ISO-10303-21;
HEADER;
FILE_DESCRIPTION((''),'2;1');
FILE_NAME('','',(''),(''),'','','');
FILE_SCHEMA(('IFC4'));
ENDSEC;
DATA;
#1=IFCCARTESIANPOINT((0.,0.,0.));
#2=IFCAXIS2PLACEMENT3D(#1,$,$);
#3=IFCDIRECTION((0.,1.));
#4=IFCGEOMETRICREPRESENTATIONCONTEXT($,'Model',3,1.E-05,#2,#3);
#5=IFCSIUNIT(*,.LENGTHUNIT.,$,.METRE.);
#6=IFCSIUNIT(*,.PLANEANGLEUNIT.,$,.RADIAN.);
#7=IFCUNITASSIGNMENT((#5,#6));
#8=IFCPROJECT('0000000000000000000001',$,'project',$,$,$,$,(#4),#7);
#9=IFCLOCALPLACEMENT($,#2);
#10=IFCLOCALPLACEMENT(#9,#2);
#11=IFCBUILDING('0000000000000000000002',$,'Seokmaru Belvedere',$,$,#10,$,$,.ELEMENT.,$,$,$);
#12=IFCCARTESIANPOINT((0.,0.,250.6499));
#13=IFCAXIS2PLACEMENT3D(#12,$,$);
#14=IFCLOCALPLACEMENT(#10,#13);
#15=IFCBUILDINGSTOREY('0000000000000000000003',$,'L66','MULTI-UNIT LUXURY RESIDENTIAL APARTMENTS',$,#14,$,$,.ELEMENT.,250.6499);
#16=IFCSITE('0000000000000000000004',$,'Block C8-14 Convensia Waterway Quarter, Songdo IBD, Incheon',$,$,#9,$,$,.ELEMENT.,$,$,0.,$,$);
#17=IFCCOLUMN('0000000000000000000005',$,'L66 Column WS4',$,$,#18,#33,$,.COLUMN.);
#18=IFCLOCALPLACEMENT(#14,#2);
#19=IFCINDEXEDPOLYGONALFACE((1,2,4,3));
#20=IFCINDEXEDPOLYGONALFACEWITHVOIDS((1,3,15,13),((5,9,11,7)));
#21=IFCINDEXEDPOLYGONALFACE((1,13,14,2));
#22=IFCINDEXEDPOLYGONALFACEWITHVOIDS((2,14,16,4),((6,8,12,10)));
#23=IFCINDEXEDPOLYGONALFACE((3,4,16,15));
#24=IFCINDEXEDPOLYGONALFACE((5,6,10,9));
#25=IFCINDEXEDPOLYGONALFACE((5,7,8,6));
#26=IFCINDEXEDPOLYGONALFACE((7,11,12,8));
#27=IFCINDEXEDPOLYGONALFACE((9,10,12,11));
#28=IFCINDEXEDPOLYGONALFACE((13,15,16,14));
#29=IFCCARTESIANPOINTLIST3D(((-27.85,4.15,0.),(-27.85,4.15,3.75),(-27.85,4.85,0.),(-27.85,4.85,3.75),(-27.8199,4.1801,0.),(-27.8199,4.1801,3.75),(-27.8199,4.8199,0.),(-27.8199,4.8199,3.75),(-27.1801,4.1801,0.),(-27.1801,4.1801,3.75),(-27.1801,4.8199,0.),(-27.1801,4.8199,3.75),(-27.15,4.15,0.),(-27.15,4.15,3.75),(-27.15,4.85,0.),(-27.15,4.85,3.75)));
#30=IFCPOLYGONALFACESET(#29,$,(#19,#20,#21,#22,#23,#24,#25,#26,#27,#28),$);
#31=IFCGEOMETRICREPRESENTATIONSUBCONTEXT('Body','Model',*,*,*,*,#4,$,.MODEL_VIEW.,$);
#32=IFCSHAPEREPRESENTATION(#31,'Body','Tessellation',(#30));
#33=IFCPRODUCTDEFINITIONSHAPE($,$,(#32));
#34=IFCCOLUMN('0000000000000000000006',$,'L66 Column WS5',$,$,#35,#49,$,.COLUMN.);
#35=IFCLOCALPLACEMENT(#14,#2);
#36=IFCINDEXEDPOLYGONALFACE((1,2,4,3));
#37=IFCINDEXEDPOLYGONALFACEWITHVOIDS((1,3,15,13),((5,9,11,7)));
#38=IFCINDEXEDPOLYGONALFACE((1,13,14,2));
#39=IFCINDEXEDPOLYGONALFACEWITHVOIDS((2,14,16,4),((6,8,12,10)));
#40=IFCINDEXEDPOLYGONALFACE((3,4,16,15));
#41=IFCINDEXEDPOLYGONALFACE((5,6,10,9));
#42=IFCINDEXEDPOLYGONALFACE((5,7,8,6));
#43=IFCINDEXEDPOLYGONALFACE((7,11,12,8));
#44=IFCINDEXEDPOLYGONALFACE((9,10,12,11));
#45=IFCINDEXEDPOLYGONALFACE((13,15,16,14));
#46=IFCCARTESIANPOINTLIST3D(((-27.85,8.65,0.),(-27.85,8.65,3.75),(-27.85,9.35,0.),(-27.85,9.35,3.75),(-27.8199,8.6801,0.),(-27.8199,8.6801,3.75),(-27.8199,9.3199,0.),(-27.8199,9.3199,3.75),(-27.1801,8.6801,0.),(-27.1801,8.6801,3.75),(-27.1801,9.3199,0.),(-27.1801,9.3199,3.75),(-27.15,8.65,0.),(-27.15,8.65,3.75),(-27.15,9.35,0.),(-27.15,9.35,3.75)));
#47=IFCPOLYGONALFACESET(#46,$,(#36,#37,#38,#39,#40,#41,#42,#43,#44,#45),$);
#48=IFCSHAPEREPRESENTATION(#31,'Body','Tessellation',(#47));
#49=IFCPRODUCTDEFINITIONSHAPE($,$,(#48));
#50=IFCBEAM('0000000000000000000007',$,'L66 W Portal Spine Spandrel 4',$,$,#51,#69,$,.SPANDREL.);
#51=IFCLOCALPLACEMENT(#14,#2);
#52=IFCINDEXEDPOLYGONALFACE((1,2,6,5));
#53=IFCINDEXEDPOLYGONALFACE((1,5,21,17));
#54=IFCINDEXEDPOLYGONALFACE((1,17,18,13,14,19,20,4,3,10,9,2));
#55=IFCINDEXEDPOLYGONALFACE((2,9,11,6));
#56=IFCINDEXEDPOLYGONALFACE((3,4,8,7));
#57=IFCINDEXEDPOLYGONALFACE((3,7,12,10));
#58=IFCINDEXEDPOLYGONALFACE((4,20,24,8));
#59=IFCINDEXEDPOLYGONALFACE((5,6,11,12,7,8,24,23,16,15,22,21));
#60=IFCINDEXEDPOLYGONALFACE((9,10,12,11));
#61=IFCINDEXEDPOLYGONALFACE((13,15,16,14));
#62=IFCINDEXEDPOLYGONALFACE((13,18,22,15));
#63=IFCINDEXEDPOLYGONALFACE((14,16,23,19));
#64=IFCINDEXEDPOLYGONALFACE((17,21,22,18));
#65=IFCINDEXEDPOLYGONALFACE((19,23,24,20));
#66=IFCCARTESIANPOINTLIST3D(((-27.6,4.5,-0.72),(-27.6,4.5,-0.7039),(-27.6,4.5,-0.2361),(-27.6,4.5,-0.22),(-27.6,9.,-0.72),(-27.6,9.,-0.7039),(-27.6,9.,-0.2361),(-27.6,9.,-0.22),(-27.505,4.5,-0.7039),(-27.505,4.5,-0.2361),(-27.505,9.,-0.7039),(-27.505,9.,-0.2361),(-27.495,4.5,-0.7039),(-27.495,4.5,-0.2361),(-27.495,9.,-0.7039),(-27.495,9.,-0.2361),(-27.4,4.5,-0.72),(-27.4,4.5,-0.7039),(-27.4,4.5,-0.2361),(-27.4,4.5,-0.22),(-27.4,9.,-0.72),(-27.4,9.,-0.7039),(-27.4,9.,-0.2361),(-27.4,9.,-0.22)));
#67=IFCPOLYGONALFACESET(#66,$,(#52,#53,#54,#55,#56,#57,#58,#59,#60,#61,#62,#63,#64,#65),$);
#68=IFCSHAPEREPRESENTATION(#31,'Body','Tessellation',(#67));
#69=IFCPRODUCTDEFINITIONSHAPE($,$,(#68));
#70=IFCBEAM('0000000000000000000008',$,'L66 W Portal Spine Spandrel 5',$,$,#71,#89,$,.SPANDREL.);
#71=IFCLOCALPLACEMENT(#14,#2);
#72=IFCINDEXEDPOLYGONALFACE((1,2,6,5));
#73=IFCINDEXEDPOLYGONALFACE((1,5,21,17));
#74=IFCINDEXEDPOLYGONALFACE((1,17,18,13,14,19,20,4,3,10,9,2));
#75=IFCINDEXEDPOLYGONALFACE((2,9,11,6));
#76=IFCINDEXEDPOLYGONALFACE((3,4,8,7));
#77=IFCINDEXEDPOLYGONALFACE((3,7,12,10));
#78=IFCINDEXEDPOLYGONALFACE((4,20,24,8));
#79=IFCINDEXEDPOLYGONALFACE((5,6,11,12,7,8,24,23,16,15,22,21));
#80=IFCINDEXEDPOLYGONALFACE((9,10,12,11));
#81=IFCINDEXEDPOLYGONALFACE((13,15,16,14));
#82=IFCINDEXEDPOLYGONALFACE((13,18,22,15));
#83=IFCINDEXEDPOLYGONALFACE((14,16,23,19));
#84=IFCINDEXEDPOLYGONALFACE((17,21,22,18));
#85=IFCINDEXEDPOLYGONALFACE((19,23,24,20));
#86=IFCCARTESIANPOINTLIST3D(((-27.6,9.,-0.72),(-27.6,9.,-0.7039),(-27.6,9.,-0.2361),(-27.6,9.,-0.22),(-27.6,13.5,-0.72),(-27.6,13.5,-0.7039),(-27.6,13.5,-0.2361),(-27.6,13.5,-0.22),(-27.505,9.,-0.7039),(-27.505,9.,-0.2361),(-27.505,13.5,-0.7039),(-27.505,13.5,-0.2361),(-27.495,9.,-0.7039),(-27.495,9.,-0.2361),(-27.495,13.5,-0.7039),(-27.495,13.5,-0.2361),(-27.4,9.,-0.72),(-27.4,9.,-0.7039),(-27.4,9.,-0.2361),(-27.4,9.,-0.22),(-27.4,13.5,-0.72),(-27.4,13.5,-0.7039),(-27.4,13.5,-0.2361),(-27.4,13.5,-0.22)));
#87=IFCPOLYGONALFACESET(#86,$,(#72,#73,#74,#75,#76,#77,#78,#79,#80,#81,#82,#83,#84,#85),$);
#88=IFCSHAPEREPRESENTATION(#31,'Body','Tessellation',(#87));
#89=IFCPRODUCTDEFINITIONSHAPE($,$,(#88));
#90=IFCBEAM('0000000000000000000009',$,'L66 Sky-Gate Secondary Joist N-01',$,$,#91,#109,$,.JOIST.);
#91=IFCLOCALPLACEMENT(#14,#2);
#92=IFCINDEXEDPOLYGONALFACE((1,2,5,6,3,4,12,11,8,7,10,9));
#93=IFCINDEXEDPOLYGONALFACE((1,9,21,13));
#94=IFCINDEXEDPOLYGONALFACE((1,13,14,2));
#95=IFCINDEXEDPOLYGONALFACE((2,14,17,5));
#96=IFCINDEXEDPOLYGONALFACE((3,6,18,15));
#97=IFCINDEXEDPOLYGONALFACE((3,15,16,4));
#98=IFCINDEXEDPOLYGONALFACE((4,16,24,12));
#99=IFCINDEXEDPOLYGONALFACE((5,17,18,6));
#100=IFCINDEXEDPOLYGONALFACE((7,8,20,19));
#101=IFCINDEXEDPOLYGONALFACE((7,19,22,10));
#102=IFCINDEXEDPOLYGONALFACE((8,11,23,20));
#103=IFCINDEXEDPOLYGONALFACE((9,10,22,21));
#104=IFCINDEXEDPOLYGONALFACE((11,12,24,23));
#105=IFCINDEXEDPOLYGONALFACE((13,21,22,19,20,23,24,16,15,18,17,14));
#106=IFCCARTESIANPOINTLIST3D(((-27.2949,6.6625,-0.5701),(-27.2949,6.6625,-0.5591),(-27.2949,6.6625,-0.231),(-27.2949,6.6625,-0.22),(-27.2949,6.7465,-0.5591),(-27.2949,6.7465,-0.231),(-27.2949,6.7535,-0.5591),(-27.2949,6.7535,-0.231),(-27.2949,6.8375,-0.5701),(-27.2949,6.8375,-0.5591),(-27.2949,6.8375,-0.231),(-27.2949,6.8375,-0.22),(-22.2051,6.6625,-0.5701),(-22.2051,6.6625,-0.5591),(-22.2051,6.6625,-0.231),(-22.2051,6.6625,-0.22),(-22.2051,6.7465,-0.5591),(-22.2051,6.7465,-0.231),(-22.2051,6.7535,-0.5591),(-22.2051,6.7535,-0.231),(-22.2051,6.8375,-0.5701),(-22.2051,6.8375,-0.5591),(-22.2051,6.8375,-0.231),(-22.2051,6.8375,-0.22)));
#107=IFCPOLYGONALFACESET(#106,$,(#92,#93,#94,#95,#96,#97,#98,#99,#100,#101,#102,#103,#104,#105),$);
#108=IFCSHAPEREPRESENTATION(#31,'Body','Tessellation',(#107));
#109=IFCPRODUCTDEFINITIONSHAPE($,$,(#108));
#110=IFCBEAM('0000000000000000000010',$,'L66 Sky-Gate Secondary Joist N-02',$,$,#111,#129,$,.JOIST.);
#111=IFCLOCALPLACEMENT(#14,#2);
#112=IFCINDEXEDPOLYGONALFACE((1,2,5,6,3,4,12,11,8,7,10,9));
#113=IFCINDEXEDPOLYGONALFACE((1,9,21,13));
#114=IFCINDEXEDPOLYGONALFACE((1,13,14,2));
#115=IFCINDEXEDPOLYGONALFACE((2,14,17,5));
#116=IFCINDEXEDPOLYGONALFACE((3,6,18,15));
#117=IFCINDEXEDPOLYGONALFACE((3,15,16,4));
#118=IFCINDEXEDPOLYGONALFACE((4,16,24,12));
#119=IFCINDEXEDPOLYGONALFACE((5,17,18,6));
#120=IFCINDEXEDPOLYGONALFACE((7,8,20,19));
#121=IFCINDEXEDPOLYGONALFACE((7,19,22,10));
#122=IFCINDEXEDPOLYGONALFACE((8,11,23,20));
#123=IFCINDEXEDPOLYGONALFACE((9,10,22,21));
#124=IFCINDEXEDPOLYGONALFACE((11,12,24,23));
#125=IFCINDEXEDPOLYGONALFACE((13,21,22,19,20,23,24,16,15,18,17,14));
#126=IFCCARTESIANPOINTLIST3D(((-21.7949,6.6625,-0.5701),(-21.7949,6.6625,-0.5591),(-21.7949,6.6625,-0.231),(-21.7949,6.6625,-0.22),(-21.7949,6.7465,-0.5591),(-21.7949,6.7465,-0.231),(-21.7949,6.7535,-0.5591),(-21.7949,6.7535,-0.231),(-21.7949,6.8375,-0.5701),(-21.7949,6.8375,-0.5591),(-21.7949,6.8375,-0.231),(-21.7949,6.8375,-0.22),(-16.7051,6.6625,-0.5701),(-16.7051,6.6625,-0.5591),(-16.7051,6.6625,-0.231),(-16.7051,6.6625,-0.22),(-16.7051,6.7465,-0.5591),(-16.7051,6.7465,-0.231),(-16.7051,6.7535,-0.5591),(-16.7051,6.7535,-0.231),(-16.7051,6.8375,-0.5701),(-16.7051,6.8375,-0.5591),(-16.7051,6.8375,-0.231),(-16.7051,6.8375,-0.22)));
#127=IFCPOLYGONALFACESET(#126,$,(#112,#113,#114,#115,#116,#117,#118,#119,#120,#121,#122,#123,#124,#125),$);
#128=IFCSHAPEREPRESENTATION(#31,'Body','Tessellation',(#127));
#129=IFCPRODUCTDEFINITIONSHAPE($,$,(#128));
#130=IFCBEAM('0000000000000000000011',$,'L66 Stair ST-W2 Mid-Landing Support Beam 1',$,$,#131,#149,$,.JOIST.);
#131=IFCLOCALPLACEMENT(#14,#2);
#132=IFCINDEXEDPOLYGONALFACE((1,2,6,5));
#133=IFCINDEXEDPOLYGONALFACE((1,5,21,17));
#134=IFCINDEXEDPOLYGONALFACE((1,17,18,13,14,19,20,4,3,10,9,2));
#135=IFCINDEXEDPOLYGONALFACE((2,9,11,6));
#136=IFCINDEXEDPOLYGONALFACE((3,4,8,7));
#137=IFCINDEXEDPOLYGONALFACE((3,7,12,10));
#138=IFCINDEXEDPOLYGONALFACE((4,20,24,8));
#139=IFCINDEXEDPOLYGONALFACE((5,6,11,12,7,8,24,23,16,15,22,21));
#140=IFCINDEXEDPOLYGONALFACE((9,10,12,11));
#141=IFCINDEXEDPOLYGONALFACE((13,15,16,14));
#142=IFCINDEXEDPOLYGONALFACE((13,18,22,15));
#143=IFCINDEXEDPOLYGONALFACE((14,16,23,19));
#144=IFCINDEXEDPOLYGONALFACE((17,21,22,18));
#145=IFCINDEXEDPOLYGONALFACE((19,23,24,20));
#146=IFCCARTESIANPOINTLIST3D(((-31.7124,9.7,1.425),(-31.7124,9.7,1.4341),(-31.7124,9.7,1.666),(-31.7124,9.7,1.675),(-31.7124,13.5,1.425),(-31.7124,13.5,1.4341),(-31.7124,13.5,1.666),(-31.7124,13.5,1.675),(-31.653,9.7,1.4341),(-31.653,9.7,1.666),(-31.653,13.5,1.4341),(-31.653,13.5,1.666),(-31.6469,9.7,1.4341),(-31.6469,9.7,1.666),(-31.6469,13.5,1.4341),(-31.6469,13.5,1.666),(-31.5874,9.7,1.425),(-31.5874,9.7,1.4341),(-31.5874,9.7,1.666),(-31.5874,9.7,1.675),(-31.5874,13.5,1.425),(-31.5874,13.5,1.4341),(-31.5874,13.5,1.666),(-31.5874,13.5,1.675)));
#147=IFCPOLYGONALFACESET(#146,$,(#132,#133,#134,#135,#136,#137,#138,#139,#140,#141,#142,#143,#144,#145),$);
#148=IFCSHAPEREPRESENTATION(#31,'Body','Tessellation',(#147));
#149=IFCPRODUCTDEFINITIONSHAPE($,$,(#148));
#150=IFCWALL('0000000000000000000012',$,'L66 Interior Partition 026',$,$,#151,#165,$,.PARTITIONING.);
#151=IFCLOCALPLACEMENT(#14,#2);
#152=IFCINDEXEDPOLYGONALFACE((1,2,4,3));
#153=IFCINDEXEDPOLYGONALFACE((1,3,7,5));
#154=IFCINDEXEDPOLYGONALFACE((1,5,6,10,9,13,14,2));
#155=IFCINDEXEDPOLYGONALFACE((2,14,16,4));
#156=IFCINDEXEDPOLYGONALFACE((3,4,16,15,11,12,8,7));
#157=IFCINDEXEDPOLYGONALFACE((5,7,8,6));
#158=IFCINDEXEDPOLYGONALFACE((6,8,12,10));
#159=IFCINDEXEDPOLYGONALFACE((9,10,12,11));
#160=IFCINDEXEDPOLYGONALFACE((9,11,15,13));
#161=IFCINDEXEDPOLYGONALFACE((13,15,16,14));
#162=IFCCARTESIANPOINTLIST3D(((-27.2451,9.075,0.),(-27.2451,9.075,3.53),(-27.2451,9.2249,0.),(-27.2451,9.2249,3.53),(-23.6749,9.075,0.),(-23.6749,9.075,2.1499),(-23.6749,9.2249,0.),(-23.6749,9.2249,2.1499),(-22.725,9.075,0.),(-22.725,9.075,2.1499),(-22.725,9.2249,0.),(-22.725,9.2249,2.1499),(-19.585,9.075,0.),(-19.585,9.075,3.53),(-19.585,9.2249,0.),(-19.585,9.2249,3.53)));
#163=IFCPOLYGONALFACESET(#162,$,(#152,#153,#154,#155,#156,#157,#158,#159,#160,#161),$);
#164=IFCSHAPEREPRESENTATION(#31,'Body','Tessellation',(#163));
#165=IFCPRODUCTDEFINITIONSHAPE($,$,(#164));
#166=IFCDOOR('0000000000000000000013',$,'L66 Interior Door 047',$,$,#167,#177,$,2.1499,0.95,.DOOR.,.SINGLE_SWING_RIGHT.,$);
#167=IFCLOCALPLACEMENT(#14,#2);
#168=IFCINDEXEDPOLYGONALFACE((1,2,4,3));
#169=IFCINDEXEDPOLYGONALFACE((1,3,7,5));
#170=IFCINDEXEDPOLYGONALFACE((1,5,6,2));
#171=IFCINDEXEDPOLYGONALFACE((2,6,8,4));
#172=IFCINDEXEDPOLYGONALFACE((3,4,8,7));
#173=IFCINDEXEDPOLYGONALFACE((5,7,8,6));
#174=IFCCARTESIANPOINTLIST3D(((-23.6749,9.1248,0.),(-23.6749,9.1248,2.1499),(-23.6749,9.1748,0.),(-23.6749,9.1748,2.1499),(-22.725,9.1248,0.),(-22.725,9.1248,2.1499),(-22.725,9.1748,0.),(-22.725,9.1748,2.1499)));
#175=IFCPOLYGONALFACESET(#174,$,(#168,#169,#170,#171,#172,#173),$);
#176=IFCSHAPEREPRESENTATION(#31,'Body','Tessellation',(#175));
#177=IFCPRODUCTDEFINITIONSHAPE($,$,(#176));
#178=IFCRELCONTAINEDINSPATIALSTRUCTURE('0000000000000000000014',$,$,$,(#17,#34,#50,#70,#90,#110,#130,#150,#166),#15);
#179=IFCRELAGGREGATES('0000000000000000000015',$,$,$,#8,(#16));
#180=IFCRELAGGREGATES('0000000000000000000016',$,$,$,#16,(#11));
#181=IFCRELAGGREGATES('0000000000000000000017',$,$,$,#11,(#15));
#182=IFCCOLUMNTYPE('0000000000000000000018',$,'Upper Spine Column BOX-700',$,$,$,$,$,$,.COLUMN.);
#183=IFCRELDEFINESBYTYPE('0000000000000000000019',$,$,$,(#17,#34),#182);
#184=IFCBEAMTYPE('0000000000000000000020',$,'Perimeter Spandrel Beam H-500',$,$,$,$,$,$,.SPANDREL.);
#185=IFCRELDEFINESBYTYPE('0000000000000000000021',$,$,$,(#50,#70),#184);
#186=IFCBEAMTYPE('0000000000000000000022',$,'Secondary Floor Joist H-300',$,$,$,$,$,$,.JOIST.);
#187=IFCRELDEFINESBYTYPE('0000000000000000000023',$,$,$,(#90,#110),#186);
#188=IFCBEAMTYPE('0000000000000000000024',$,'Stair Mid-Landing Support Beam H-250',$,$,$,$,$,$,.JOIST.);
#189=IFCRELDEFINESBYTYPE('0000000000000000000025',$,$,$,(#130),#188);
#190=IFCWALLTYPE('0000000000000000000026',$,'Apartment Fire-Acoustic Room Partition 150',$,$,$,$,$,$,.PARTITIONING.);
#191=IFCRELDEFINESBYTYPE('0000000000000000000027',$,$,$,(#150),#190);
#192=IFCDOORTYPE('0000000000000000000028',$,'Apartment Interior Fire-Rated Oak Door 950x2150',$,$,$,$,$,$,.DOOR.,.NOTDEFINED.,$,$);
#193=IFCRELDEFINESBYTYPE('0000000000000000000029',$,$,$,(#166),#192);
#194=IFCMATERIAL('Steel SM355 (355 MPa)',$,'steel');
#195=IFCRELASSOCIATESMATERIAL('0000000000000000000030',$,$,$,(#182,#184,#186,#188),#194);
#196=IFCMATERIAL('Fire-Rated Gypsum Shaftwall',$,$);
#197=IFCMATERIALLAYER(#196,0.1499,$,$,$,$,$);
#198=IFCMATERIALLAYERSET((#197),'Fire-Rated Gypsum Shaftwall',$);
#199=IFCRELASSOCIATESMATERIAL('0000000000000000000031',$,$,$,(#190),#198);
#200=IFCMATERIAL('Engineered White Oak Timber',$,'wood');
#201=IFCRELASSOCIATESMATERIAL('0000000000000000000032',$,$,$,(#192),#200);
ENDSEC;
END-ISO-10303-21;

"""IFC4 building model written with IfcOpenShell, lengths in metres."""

from ifc_helpers import new_model, si_unit, direction, frame, frame_2d, origin, origin_2d, place, context, subcontext, project, spatial, rectangle, hollow_rectangle, i_section, extrude, source, transform, mapped, material, layer, layer_set, material_profile, profile_set, type_object, type_shapes, element, fill, save


model = new_model("IFC4")

# Units and contexts
model_context = context("Model", 3, precision=1e-05, world=origin(), true_north=direction((0.0, 1.0)))
body_context = subcontext(model_context, "Body", "Model", "MODEL_VIEW")
ifc_project = project(units=[si_unit("LENGTHUNIT", "METRE"), si_unit("PLANEANGLEUNIT", "RADIAN")], contexts=[model_context])

# Site, building, storey
site_placement = place(None, origin())
site = spatial("IfcSite", under=ifc_project, at=site_placement, Name="Block C8-14 Convensia Waterway Quarter, Songdo IBD, Incheon", CompositionType="ELEMENT", RefElevation=0.0)
building_placement = place(site_placement, origin())
building = spatial("IfcBuilding", under=site, at=building_placement, Name="Seokmaru Belvedere", CompositionType="ELEMENT")
storey_placement = place(building_placement, frame((0.0, 0.0, 250.6499)))
storey = spatial("IfcBuildingStorey", under=building, at=storey_placement, Name="L66", Description="MULTI-UNIT LUXURY RESIDENTIAL APARTMENTS", CompositionType="ELEMENT", Elevation=250.6499)

# Columns
ifc_material_1 = material(Name="Steel SM355 (355 MPa)", Category="steel")
ifc_material_profile_1 = material_profile(ifc_material_1, hollow_rectangle(XDim=0.7, YDim=0.7, WallThickness=0.03, at=origin_2d()), Name="BOX-700x700x30")
ifc_profile_set_1 = profile_set([ifc_material_profile_1], Name="Steel SM355 (355 MPa)")
column_type = type_object("IfcColumnType", Name="Upper Spine Column BOX-700", PredefinedType="COLUMN", material=ifc_profile_set_1)
shared_shape_1 = source(origin(), body_context, "Body", "SweptSolid", [
    extrude(hollow_rectangle(XDim=0.7, YDim=0.7, WallThickness=0.03, at=origin_2d()), origin(), (0.0, 0.0, 1.0), 3.75),
])
type_shapes(column_type, [shared_shape_1])
for number, where, z_axis, x_axis, name in (
    (1, (-27.5, 4.5, 0.0), (0.0, 0.0, 1.0), (1.0, 0.0, 0.0), "L66 Column WS4"),
    (2, (-27.5, 9.0, 0.0), (0.0, 0.0, 1.0), (1.0, 0.0, 0.0), "L66 Column WS5"),
):
    element("IfcColumn", number, at=place(storey_placement, frame(where, z_axis=z_axis, x_axis=x_axis)), inside=storey, type_object=column_type, Name=name, PredefinedType="COLUMN", context=body_context, shape_type="MappedRepresentation", body=[
        mapped(shared_shape_1, transform((0.0, 0.0, 0.0), scale=1.0)),
    ])

# Beams
ifc_material_profile_2 = material_profile(ifc_material_1, i_section(OverallWidth=0.2, OverallDepth=0.5, WebThickness=0.01, FlangeThickness=0.0161, at=origin_2d()), Name="H-500x200x10x16")
ifc_profile_set_2 = profile_set([ifc_material_profile_2], Name="Steel SM355 (355 MPa)")
beam_type_1 = type_object("IfcBeamType", Name="Perimeter Spandrel Beam H-500", PredefinedType="SPANDREL", material=ifc_profile_set_2)
shared_shape_2 = source(origin(), body_context, "Body", "SweptSolid", [
    extrude(i_section(OverallWidth=0.2, OverallDepth=0.5, WebThickness=0.01, FlangeThickness=0.0161, at=origin_2d()), origin(), (0.0, 0.0, 1.0), 4.5),
])
type_shapes(beam_type_1, [shared_shape_2])
for number, where, z_axis, x_axis, name in (
    (3, (-27.5, 4.5, -0.47), (0.0, 1.0, 0.0), (-1.0, 0.0, 0.0), "L66 W Portal Spine Spandrel 4"),
    (4, (-27.5, 9.0, -0.47), (0.0, 1.0, 0.0), (-1.0, 0.0, 0.0), "L66 W Portal Spine Spandrel 5"),
):
    element("IfcBeam", number, at=place(storey_placement, frame(where, z_axis=z_axis, x_axis=x_axis)), inside=storey, type_object=beam_type_1, Name=name, PredefinedType="SPANDREL", context=body_context, shape_type="MappedRepresentation", body=[
        mapped(shared_shape_2, transform((0.0, 0.0, 0.0), scale=1.0)),
    ])
ifc_material_profile_3 = material_profile(ifc_material_1, i_section(OverallWidth=0.175, OverallDepth=0.3501, WebThickness=0.0071, FlangeThickness=0.011, at=origin_2d()), Name="H-350x175x7x11")
ifc_profile_set_3 = profile_set([ifc_material_profile_3], Name="Steel SM355 (355 MPa)")
beam_type_2 = type_object("IfcBeamType", Name="Secondary Floor Joist H-300", PredefinedType="JOIST", material=ifc_profile_set_3)
shared_shape_3 = source(origin(), body_context, "Body", "SweptSolid", [
    extrude(i_section(OverallWidth=0.175, OverallDepth=0.3501, WebThickness=0.0071, FlangeThickness=0.011, at=origin_2d()), origin(), (0.0, 0.0, 1.0), 5.0898),
])
type_shapes(beam_type_2, [shared_shape_3])
for number, where, z_axis, x_axis, name in (
    (5, (-27.2949, 6.75, -0.395), (1.0, 0.0, 0.0), (0.0, 1.0, 0.0), "L66 Sky-Gate Secondary Joist N-01"),
    (6, (-21.7949, 6.75, -0.395), (1.0, 0.0, 0.0), (0.0, 1.0, 0.0), "L66 Sky-Gate Secondary Joist N-02"),
):
    element("IfcBeam", number, at=place(storey_placement, frame(where, z_axis=z_axis, x_axis=x_axis)), inside=storey, type_object=beam_type_2, Name=name, PredefinedType="JOIST", context=body_context, shape_type="MappedRepresentation", body=[
        mapped(shared_shape_3, transform((0.0, 0.0, 0.0), scale=1.0)),
    ])
ifc_material_profile_4 = material_profile(ifc_material_1, i_section(OverallWidth=0.125, OverallDepth=0.25, WebThickness=0.0061, FlangeThickness=0.009, at=origin_2d()), Name="H-250x125x6x9")
ifc_profile_set_4 = profile_set([ifc_material_profile_4], Name="Steel SM355 (355 MPa)")
beam_type_3 = type_object("IfcBeamType", Name="Stair Mid-Landing Support Beam H-250", PredefinedType="JOIST", material=ifc_profile_set_4)
shared_shape_4 = source(origin(), body_context, "Body", "SweptSolid", [
    extrude(i_section(OverallWidth=0.125, OverallDepth=0.25, WebThickness=0.0061, FlangeThickness=0.009, at=origin_2d()), origin(), (0.0, 0.0, 1.0), 3.8),
])
type_shapes(beam_type_3, [shared_shape_4])
beam_placement = place(storey_placement, frame((-31.6499, 9.7, 1.55), z_axis=(0.0, 1.0, 0.0), x_axis=(-1.0, 0.0, 0.0)))
element("IfcBeam", 7, at=beam_placement, inside=storey, type_object=beam_type_3, Name="L66 Stair ST-W2 Mid-Landing Support Beam 1", PredefinedType="JOIST", context=body_context, shape_type="MappedRepresentation", body=[
    mapped(shared_shape_4, transform((0.0, 0.0, 0.0), scale=1.0)),
])

# Wall, opening, door
ifc_material_2 = material(Name="Fire-Rated Gypsum Shaftwall")
ifc_layer_1 = layer(ifc_material_2, 0.1499)
ifc_layer_set_1 = layer_set([ifc_layer_1], Name="Fire-Rated Gypsum Shaftwall")
wall_type_1 = type_object("IfcWallType", Name="Apartment Fire-Acoustic Room Partition 150", PredefinedType="PARTITIONING", material=ifc_layer_set_1)
wall_1_placement = place(storey_placement, frame((-27.2451, 9.1499, 0.0), z_axis=(0.0, 0.0, 1.0), x_axis=(1.0, 0.0, 0.0)))
wall_1 = element("IfcWall", 8, at=wall_1_placement, inside=storey, type_object=wall_type_1, Name="L66 Interior Partition 026", PredefinedType="PARTITIONING", context=body_context, shape_type="SweptSolid", body=[
    extrude(rectangle(XDim=7.6602, YDim=0.1499, at=frame_2d((3.8301, 0.0))), origin(), (0.0, 0.0, 1.0), 3.53),
])
opening_1_placement = place(wall_1_placement, frame((3.5701, 0.0, 0.0)))
opening_1 = element("IfcOpeningElement", 9, at=opening_1_placement, cuts=wall_1, PredefinedType="OPENING", context=body_context, shape_type="SweptSolid", body=[
    extrude(rectangle(XDim=0.95, YDim=2.1499, at=frame_2d((0.4751, 1.075))), frame((0.0, 0.085, 0.0), z_axis=(0.0, -1.0, 0.0), x_axis=(1.0, 0.0, 0.0)), (0.0, 0.0, 1.0), 0.1699),
])
ifc_material_3 = material(Name="Engineered White Oak Timber", Category="wood")
door_type_1 = type_object("IfcDoorType", Name="Apartment Interior Fire-Rated Oak Door 950x2150", OperationType="NOTDEFINED", PredefinedType="DOOR", material=ifc_material_3)
shared_shape_5 = source(origin(), body_context, "Body", "SweptSolid", [
    extrude(rectangle(XDim=0.95, YDim=2.1499, at=frame_2d((0.4751, 1.075))), frame((0.0, 0.0249, 0.0), z_axis=(0.0, -1.0, 0.0), x_axis=(1.0, 0.0, 0.0)), (0.0, 0.0, 1.0), 0.05),
])
type_shapes(door_type_1, [shared_shape_5])
door_1_placement = place(opening_1_placement, origin())
door_1 = element("IfcDoor", 10, at=door_1_placement, inside=storey, type_object=door_type_1, Name="L66 Interior Door 047", OperationType="SINGLE_SWING_RIGHT", OverallHeight=2.1499, OverallWidth=0.95, PredefinedType="DOOR", context=body_context, shape_type="MappedRepresentation", body=[
    mapped(shared_shape_5, transform((0.0, 0.0, 0.0), scale=1.0)),
])
fill(opening_1, door_1)

save(model, "model.ifc")
